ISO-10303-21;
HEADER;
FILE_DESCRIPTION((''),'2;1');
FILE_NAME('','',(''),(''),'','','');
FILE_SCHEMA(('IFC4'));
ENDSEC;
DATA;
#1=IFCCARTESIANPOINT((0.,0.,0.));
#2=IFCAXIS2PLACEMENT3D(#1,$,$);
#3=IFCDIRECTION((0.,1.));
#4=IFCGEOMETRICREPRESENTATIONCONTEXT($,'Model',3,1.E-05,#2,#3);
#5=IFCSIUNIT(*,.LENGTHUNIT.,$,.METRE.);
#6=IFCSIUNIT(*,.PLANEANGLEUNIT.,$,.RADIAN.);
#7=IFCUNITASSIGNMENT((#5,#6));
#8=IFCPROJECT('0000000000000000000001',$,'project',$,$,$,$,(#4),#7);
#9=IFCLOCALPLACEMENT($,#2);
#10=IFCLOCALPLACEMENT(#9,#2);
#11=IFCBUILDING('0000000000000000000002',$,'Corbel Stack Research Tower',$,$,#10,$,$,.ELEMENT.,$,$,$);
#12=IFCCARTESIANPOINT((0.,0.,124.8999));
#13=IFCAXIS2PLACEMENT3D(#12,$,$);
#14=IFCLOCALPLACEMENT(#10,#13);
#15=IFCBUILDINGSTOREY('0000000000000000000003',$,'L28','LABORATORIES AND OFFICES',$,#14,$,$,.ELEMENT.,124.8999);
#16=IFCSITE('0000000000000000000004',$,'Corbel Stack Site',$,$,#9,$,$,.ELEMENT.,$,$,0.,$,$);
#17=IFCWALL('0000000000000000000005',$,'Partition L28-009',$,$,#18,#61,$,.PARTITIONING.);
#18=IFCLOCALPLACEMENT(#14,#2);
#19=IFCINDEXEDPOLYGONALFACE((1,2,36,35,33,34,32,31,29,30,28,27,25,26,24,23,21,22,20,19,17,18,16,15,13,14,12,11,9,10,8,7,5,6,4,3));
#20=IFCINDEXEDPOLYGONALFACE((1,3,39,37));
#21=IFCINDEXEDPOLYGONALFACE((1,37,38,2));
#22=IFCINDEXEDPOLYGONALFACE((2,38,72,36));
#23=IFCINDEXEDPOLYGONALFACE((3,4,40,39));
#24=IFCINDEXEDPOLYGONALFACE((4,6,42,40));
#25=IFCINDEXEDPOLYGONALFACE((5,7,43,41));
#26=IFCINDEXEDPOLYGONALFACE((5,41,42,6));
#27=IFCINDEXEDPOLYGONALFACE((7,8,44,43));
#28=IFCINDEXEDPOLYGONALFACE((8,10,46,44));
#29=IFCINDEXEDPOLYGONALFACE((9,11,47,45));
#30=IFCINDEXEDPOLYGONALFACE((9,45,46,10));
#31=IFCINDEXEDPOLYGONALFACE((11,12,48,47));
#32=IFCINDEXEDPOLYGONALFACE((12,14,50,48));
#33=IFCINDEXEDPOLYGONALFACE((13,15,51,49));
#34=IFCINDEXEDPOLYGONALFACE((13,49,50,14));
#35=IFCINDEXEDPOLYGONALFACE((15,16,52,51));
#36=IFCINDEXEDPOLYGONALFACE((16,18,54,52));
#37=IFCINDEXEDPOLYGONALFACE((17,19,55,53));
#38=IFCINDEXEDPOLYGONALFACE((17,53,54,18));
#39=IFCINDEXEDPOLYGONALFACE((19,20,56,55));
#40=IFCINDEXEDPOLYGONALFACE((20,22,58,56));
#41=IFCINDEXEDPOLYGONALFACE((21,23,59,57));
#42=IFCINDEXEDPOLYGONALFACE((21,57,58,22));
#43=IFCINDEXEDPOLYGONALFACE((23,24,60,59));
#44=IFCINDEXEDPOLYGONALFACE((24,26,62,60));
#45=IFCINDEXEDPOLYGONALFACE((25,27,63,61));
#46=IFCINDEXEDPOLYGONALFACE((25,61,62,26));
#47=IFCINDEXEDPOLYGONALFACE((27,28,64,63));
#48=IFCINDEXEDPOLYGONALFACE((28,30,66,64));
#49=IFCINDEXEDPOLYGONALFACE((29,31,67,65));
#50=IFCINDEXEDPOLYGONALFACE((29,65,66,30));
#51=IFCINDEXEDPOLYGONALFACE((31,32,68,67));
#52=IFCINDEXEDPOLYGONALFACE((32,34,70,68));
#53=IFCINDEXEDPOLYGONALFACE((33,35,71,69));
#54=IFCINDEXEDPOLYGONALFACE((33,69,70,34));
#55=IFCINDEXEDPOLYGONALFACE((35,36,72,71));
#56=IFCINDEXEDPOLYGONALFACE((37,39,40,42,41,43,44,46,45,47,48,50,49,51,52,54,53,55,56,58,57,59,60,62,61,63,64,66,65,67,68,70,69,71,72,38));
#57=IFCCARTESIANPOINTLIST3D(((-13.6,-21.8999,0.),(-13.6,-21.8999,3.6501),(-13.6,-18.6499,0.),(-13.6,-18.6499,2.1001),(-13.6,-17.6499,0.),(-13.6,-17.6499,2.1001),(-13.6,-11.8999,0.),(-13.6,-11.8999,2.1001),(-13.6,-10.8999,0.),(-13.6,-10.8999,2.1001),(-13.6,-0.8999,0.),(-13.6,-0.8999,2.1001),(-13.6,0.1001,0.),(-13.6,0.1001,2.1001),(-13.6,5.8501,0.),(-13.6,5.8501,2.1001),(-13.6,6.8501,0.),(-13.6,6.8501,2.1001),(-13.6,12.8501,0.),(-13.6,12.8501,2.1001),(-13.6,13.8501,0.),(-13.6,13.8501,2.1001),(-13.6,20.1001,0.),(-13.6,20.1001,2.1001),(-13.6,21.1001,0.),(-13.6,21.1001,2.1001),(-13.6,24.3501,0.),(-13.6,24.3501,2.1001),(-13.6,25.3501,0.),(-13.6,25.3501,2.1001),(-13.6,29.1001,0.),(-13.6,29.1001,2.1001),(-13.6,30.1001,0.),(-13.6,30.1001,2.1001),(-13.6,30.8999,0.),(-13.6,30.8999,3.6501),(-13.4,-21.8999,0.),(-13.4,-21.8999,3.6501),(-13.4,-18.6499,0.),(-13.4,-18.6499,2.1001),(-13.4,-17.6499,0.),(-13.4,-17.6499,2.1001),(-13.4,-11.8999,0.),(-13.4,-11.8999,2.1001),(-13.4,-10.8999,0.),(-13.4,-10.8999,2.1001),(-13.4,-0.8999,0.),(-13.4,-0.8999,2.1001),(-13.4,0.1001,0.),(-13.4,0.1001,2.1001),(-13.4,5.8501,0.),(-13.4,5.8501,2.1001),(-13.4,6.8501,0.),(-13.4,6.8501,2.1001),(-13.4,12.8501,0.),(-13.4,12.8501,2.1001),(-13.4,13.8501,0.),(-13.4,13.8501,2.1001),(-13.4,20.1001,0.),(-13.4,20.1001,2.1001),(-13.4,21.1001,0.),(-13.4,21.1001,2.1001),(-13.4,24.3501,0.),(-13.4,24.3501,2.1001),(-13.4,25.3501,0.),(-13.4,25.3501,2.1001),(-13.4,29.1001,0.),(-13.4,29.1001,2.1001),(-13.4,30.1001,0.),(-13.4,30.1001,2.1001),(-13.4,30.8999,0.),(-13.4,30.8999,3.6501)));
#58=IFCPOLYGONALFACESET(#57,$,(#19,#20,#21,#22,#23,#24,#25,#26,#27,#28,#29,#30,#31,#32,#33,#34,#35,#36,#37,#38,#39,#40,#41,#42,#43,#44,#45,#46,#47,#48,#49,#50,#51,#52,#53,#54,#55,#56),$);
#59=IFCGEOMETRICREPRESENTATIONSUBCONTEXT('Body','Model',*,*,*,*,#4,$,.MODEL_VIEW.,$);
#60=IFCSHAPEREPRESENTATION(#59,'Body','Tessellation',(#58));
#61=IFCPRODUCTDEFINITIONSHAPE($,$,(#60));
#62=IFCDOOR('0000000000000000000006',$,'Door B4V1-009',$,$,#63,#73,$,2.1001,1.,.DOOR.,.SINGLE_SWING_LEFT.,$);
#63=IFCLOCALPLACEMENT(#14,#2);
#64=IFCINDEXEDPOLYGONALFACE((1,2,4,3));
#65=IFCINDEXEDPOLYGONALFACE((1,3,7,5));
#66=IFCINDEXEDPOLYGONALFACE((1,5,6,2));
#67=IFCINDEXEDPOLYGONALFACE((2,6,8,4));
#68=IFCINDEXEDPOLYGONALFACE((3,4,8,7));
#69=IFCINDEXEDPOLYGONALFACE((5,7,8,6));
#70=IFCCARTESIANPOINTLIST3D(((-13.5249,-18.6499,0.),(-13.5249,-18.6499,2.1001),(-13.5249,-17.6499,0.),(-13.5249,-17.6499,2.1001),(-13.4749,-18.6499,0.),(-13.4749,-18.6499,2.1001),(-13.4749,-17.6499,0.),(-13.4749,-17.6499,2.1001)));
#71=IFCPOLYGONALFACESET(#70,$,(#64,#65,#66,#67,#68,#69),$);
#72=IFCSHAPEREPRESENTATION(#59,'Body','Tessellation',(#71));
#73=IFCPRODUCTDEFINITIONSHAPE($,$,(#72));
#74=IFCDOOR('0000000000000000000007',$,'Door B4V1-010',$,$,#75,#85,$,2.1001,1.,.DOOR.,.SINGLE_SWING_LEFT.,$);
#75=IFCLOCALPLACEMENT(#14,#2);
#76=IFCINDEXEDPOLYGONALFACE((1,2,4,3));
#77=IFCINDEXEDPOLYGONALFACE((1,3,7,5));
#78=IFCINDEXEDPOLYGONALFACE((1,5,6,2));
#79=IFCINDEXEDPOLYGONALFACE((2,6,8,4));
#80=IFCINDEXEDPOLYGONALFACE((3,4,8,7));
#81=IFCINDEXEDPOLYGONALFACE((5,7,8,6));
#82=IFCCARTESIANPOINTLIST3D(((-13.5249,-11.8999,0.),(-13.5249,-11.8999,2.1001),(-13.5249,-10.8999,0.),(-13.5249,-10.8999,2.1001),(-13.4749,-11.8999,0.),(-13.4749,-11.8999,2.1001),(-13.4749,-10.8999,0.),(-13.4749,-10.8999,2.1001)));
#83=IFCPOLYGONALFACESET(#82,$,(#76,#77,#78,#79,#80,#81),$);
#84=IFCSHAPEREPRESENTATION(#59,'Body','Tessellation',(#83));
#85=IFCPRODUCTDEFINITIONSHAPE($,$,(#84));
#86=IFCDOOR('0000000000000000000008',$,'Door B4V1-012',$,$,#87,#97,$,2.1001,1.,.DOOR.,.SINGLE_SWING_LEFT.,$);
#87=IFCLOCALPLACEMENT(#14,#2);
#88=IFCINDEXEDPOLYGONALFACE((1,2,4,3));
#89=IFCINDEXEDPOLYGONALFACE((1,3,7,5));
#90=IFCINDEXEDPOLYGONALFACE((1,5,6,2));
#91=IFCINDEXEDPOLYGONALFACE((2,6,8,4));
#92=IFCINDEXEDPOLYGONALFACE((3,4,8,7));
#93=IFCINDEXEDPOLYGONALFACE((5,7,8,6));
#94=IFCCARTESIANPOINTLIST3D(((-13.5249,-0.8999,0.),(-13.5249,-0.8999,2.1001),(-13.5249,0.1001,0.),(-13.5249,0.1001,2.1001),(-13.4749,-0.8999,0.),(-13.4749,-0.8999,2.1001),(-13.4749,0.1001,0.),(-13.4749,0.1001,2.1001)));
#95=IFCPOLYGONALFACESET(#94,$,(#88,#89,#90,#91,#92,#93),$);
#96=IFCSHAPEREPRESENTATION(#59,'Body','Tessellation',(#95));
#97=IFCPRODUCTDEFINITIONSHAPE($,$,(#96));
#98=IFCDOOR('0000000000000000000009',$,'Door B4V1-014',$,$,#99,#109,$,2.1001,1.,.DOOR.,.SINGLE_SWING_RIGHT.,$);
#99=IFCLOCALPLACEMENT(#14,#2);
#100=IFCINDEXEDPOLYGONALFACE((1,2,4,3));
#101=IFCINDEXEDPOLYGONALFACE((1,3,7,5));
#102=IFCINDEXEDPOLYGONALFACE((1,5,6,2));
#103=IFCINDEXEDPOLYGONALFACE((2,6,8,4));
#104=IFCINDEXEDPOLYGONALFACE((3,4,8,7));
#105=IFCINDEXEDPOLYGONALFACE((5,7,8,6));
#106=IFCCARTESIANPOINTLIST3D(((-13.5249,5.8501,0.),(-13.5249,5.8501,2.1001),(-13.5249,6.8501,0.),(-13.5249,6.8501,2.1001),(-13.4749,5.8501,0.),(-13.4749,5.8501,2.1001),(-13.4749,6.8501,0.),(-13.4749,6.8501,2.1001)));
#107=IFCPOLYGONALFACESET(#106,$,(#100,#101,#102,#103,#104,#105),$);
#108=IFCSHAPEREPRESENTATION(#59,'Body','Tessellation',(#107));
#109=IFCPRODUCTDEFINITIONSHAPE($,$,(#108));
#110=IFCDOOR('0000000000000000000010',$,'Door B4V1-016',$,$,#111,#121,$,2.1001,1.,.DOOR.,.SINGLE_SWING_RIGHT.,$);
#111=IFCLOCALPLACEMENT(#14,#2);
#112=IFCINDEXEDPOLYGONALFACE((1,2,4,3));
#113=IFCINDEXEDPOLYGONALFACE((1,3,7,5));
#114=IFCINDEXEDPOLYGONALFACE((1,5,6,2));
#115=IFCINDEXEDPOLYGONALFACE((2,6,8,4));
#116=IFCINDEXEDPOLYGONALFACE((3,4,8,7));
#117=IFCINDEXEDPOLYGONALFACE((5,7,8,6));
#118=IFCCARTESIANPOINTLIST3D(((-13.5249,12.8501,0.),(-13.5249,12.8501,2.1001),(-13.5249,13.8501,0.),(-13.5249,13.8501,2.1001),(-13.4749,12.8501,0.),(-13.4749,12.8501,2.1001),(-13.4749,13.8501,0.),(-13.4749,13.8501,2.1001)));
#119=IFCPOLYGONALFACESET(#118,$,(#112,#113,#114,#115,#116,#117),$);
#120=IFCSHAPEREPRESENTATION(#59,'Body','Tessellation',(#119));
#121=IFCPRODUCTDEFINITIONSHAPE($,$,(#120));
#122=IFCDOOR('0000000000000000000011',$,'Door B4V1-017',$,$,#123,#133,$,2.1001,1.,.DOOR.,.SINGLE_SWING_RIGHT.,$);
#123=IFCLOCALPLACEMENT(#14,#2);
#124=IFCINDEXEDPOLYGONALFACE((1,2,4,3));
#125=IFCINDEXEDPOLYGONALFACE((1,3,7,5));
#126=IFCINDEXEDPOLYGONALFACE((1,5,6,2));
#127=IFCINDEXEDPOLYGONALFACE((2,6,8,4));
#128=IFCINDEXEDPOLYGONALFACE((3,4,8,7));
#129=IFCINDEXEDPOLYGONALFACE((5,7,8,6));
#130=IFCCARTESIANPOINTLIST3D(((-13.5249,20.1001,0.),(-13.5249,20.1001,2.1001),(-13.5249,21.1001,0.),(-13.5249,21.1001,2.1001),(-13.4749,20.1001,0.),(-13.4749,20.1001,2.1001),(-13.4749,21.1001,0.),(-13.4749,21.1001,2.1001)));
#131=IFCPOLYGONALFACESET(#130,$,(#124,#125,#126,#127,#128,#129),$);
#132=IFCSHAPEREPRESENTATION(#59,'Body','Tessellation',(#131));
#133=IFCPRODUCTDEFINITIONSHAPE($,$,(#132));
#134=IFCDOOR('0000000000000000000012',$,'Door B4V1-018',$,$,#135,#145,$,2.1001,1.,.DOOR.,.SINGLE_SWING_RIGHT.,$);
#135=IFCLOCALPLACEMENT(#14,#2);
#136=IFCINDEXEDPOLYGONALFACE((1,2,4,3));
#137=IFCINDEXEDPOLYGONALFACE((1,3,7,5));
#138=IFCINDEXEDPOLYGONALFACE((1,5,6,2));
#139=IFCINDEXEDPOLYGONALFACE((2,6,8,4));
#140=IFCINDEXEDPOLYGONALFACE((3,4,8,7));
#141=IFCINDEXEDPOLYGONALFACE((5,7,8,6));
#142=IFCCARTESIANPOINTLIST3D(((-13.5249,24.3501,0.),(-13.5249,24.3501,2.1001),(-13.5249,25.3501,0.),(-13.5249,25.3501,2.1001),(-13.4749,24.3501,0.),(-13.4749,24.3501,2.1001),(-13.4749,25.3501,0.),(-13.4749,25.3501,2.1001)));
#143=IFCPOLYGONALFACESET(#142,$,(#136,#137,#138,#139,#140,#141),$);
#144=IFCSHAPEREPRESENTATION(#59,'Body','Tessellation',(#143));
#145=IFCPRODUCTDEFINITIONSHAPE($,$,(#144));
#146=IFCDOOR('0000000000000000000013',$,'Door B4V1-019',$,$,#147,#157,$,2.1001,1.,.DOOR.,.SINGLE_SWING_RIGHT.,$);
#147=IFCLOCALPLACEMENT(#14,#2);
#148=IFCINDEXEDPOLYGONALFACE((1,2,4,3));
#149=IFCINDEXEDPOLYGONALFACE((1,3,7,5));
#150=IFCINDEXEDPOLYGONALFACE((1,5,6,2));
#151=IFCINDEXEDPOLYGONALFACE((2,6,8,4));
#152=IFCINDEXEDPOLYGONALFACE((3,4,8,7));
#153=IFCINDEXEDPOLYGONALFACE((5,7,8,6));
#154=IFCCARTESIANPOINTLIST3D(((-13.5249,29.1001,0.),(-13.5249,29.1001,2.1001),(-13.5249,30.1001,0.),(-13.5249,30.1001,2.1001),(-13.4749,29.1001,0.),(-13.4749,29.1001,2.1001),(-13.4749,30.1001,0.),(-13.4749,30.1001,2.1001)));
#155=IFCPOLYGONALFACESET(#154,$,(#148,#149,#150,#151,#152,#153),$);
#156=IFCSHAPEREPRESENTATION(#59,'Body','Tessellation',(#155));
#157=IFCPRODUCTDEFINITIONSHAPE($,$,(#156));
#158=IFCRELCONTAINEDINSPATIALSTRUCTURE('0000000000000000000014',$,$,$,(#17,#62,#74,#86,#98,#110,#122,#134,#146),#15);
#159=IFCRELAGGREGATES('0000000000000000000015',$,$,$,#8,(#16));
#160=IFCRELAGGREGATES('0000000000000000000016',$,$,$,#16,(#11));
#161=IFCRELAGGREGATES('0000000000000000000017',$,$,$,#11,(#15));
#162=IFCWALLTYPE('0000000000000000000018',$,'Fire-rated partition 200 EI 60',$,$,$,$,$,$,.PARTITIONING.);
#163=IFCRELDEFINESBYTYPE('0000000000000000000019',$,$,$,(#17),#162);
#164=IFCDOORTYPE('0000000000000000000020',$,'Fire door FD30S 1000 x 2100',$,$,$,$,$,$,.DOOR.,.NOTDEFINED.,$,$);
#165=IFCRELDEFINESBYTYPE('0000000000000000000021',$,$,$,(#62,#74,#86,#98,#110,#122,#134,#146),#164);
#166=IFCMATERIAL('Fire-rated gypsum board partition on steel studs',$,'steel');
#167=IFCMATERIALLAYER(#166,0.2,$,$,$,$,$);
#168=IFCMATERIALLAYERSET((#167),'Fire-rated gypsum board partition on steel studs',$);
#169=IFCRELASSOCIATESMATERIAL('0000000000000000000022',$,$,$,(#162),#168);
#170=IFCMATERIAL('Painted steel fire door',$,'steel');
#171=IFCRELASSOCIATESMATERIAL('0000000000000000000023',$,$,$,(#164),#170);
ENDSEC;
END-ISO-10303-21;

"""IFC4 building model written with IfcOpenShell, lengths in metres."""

from ifc_helpers import new_model, si_unit, direction, frame, frame_2d, origin, place, context, subcontext, project, spatial, rectangle, extrude, material, layer, layer_set, type_object, element, fill, save


model = new_model("IFC4")

# Units and contexts
model_context = context("Model", 3, precision=1e-05, world=origin(), true_north=direction((0.0, 1.0)))
body_context = subcontext(model_context, "Body", "Model", "MODEL_VIEW")
ifc_project = project(units=[si_unit("LENGTHUNIT", "METRE"), si_unit("PLANEANGLEUNIT", "RADIAN")], contexts=[model_context])

# Site, building, storey
site_placement = place(None, origin())
site = spatial("IfcSite", under=ifc_project, at=site_placement, Name="Corbel Stack Site", CompositionType="ELEMENT", RefElevation=0.0)
building_placement = place(site_placement, origin())
building = spatial("IfcBuilding", under=site, at=building_placement, Name="Corbel Stack Research Tower", CompositionType="ELEMENT")
storey_placement = place(building_placement, frame((0.0, 0.0, 124.8999)))
storey = spatial("IfcBuildingStorey", under=building, at=storey_placement, Name="L28", Description="LABORATORIES AND OFFICES", CompositionType="ELEMENT", Elevation=124.8999)

# Wall, openings, doors
ifc_material_1 = material(Name="Fire-rated gypsum board partition on steel studs", Category="steel")
ifc_layer_1 = layer(ifc_material_1, 0.2)
ifc_layer_set_1 = layer_set([ifc_layer_1], Name="Fire-rated gypsum board partition on steel studs")
wall_type_1 = type_object("IfcWallType", Name="Fire-rated partition 200 EI 60", PredefinedType="PARTITIONING", material=ifc_layer_set_1)
wall_1_placement = place(storey_placement, frame((-13.5, -21.8999, 0.0), z_axis=(0.0, 0.0, 1.0), x_axis=(0.0, 1.0, 0.0)))
wall_1 = element("IfcWall", 1, at=wall_1_placement, inside=storey, type_object=wall_type_1, Name="Partition L28-009", PredefinedType="PARTITIONING", context=body_context, shape_type="SweptSolid", body=[
    extrude(rectangle(XDim=52.7998, YDim=0.2, at=frame_2d((26.3999, 0.0))), origin(), (0.0, 0.0, 1.0), 3.6501),
])
opening_1_placement = place(wall_1_placement, frame((3.25, 0.0, 0.0)))
opening_1 = element("IfcOpeningElement", 2, at=opening_1_placement, cuts=wall_1, PredefinedType="OPENING", context=body_context, shape_type="SweptSolid", body=[
    extrude(rectangle(XDim=1.0, YDim=2.1001, at=frame_2d((0.5, 1.05))), frame((0.0, 0.1099, 0.0), z_axis=(0.0, -1.0, 0.0), x_axis=(1.0, 0.0, 0.0)), (0.0, 0.0, 1.0), 0.22),
])
opening_2_placement = place(wall_1_placement, frame((10.0, 0.0, 0.0)))
opening_2 = element("IfcOpeningElement", 3, at=opening_2_placement, cuts=wall_1, PredefinedType="OPENING", context=body_context, shape_type="SweptSolid", body=[
    extrude(rectangle(XDim=1.0, YDim=2.1001, at=frame_2d((0.5, 1.05))), frame((0.0, 0.1099, 0.0), z_axis=(0.0, -1.0, 0.0), x_axis=(1.0, 0.0, 0.0)), (0.0, 0.0, 1.0), 0.22),
])
opening_3_placement = place(wall_1_placement, frame((21.0, 0.0, 0.0)))
opening_3 = element("IfcOpeningElement", 4, at=opening_3_placement, cuts=wall_1, PredefinedType="OPENING", context=body_context, shape_type="SweptSolid", body=[
    extrude(rectangle(XDim=1.0, YDim=2.1001, at=frame_2d((0.5, 1.05))), frame((0.0, 0.1099, 0.0), z_axis=(0.0, -1.0, 0.0), x_axis=(1.0, 0.0, 0.0)), (0.0, 0.0, 1.0), 0.22),
])
opening_4_placement = place(wall_1_placement, frame((27.75, 0.0, 0.0)))
opening_4 = element("IfcOpeningElement", 5, at=opening_4_placement, cuts=wall_1, PredefinedType="OPENING", context=body_context, shape_type="SweptSolid", body=[
    extrude(rectangle(XDim=1.0, YDim=2.1001, at=frame_2d((0.5, 1.05))), frame((0.0, 0.1099, 0.0), z_axis=(0.0, -1.0, 0.0), x_axis=(1.0, 0.0, 0.0)), (0.0, 0.0, 1.0), 0.22),
])
opening_5_placement = place(wall_1_placement, frame((34.75, 0.0, 0.0)))
opening_5 = element("IfcOpeningElement", 6, at=opening_5_placement, cuts=wall_1, PredefinedType="OPENING", context=body_context, shape_type="SweptSolid", body=[
    extrude(rectangle(XDim=1.0, YDim=2.1001, at=frame_2d((0.5, 1.05))), frame((0.0, 0.1099, 0.0), z_axis=(0.0, -1.0, 0.0), x_axis=(1.0, 0.0, 0.0)), (0.0, 0.0, 1.0), 0.22),
])
opening_6_placement = place(wall_1_placement, frame((42.0, 0.0, 0.0)))
opening_6 = element("IfcOpeningElement", 7, at=opening_6_placement, cuts=wall_1, PredefinedType="OPENING", context=body_context, shape_type="SweptSolid", body=[
    extrude(rectangle(XDim=1.0, YDim=2.1001, at=frame_2d((0.5, 1.05))), frame((0.0, 0.1099, 0.0), z_axis=(0.0, -1.0, 0.0), x_axis=(1.0, 0.0, 0.0)), (0.0, 0.0, 1.0), 0.22),
])
opening_7_placement = place(wall_1_placement, frame((46.25, 0.0, 0.0)))
opening_7 = element("IfcOpeningElement", 8, at=opening_7_placement, cuts=wall_1, PredefinedType="OPENING", context=body_context, shape_type="SweptSolid", body=[
    extrude(rectangle(XDim=1.0, YDim=2.1001, at=frame_2d((0.5, 1.05))), frame((0.0, 0.1099, 0.0), z_axis=(0.0, -1.0, 0.0), x_axis=(1.0, 0.0, 0.0)), (0.0, 0.0, 1.0), 0.22),
])
opening_8_placement = place(wall_1_placement, frame((51.0, 0.0, 0.0)))
opening_8 = element("IfcOpeningElement", 9, at=opening_8_placement, cuts=wall_1, PredefinedType="OPENING", context=body_context, shape_type="SweptSolid", body=[
    extrude(rectangle(XDim=1.0, YDim=2.1001, at=frame_2d((0.5, 1.05))), frame((0.0, 0.1099, 0.0), z_axis=(0.0, -1.0, 0.0), x_axis=(1.0, 0.0, 0.0)), (0.0, 0.0, 1.0), 0.22),
])
ifc_material_2 = material(Name="Painted steel fire door", Category="steel")
door_type_1 = type_object("IfcDoorType", Name="Fire door FD30S 1000 x 2100", OperationType="NOTDEFINED", PredefinedType="DOOR", material=ifc_material_2)
door_1_placement = place(opening_1_placement, origin())
door_1 = element("IfcDoor", 10, at=door_1_placement, inside=storey, type_object=door_type_1, Name="Door B4V1-009", OperationType="SINGLE_SWING_LEFT", OverallHeight=2.1001, OverallWidth=1.0, PredefinedType="DOOR", context=body_context, shape_type="SweptSolid", body=[
    extrude(rectangle(XDim=1.0, YDim=2.1001, at=frame_2d((0.5, 1.05))), frame((0.0, 0.0249, 0.0), z_axis=(0.0, -1.0, 0.0), x_axis=(1.0, 0.0, 0.0)), (0.0, 0.0, 1.0), 0.05),
])
fill(opening_1, door_1)
door_2_placement = place(opening_2_placement, origin())
door_2 = element("IfcDoor", 11, at=door_2_placement, inside=storey, type_object=door_type_1, Name="Door B4V1-010", OperationType="SINGLE_SWING_LEFT", OverallHeight=2.1001, OverallWidth=1.0, PredefinedType="DOOR", context=body_context, shape_type="SweptSolid", body=[
    extrude(rectangle(XDim=1.0, YDim=2.1001, at=frame_2d((0.5, 1.05))), frame((0.0, 0.0249, 0.0), z_axis=(0.0, -1.0, 0.0), x_axis=(1.0, 0.0, 0.0)), (0.0, 0.0, 1.0), 0.05),
])
fill(opening_2, door_2)
door_3_placement = place(opening_3_placement, origin())
door_3 = element("IfcDoor", 12, at=door_3_placement, inside=storey, type_object=door_type_1, Name="Door B4V1-012", OperationType="SINGLE_SWING_LEFT", OverallHeight=2.1001, OverallWidth=1.0, PredefinedType="DOOR", context=body_context, shape_type="SweptSolid", body=[
    extrude(rectangle(XDim=1.0, YDim=2.1001, at=frame_2d((0.5, 1.05))), frame((0.0, 0.0249, 0.0), z_axis=(0.0, -1.0, 0.0), x_axis=(1.0, 0.0, 0.0)), (0.0, 0.0, 1.0), 0.05),
])
fill(opening_3, door_3)
door_4_placement = place(opening_4_placement, origin())
door_4 = element("IfcDoor", 13, at=door_4_placement, inside=storey, type_object=door_type_1, Name="Door B4V1-014", OperationType="SINGLE_SWING_RIGHT", OverallHeight=2.1001, OverallWidth=1.0, PredefinedType="DOOR", context=body_context, shape_type="SweptSolid", body=[
    extrude(rectangle(XDim=1.0, YDim=2.1001, at=frame_2d((0.5, 1.05))), frame((0.0, 0.0249, 0.0), z_axis=(0.0, -1.0, 0.0), x_axis=(1.0, 0.0, 0.0)), (0.0, 0.0, 1.0), 0.05),
])
fill(opening_4, door_4)
door_5_placement = place(opening_5_placement, origin())
door_5 = element("IfcDoor", 14, at=door_5_placement, inside=storey, type_object=door_type_1, Name="Door B4V1-016", OperationType="SINGLE_SWING_RIGHT", OverallHeight=2.1001, OverallWidth=1.0, PredefinedType="DOOR", context=body_context, shape_type="SweptSolid", body=[
    extrude(rectangle(XDim=1.0, YDim=2.1001, at=frame_2d((0.5, 1.05))), frame((0.0, 0.0249, 0.0), z_axis=(0.0, -1.0, 0.0), x_axis=(1.0, 0.0, 0.0)), (0.0, 0.0, 1.0), 0.05),
])
fill(opening_5, door_5)
door_6_placement = place(opening_6_placement, origin())
door_6 = element("IfcDoor", 15, at=door_6_placement, inside=storey, type_object=door_type_1, Name="Door B4V1-017", OperationType="SINGLE_SWING_RIGHT", OverallHeight=2.1001, OverallWidth=1.0, PredefinedType="DOOR", context=body_context, shape_type="SweptSolid", body=[
    extrude(rectangle(XDim=1.0, YDim=2.1001, at=frame_2d((0.5, 1.05))), frame((0.0, 0.0249, 0.0), z_axis=(0.0, -1.0, 0.0), x_axis=(1.0, 0.0, 0.0)), (0.0, 0.0, 1.0), 0.05),
])
fill(opening_6, door_6)
door_7_placement = place(opening_7_placement, origin())
door_7 = element("IfcDoor", 16, at=door_7_placement, inside=storey, type_object=door_type_1, Name="Door B4V1-018", OperationType="SINGLE_SWING_RIGHT", OverallHeight=2.1001, OverallWidth=1.0, PredefinedType="DOOR", context=body_context, shape_type="SweptSolid", body=[
    extrude(rectangle(XDim=1.0, YDim=2.1001, at=frame_2d((0.5, 1.05))), frame((0.0, 0.0249, 0.0), z_axis=(0.0, -1.0, 0.0), x_axis=(1.0, 0.0, 0.0)), (0.0, 0.0, 1.0), 0.05),
])
fill(opening_7, door_7)
door_8_placement = place(opening_8_placement, origin())
door_8 = element("IfcDoor", 17, at=door_8_placement, inside=storey, type_object=door_type_1, Name="Door B4V1-019", OperationType="SINGLE_SWING_RIGHT", OverallHeight=2.1001, OverallWidth=1.0, PredefinedType="DOOR", context=body_context, shape_type="SweptSolid", body=[
    extrude(rectangle(XDim=1.0, YDim=2.1001, at=frame_2d((0.5, 1.05))), frame((0.0, 0.0249, 0.0), z_axis=(0.0, -1.0, 0.0), x_axis=(1.0, 0.0, 0.0)), (0.0, 0.0, 1.0), 0.05),
])
fill(opening_8, door_8)

save(model, "model.ifc")
